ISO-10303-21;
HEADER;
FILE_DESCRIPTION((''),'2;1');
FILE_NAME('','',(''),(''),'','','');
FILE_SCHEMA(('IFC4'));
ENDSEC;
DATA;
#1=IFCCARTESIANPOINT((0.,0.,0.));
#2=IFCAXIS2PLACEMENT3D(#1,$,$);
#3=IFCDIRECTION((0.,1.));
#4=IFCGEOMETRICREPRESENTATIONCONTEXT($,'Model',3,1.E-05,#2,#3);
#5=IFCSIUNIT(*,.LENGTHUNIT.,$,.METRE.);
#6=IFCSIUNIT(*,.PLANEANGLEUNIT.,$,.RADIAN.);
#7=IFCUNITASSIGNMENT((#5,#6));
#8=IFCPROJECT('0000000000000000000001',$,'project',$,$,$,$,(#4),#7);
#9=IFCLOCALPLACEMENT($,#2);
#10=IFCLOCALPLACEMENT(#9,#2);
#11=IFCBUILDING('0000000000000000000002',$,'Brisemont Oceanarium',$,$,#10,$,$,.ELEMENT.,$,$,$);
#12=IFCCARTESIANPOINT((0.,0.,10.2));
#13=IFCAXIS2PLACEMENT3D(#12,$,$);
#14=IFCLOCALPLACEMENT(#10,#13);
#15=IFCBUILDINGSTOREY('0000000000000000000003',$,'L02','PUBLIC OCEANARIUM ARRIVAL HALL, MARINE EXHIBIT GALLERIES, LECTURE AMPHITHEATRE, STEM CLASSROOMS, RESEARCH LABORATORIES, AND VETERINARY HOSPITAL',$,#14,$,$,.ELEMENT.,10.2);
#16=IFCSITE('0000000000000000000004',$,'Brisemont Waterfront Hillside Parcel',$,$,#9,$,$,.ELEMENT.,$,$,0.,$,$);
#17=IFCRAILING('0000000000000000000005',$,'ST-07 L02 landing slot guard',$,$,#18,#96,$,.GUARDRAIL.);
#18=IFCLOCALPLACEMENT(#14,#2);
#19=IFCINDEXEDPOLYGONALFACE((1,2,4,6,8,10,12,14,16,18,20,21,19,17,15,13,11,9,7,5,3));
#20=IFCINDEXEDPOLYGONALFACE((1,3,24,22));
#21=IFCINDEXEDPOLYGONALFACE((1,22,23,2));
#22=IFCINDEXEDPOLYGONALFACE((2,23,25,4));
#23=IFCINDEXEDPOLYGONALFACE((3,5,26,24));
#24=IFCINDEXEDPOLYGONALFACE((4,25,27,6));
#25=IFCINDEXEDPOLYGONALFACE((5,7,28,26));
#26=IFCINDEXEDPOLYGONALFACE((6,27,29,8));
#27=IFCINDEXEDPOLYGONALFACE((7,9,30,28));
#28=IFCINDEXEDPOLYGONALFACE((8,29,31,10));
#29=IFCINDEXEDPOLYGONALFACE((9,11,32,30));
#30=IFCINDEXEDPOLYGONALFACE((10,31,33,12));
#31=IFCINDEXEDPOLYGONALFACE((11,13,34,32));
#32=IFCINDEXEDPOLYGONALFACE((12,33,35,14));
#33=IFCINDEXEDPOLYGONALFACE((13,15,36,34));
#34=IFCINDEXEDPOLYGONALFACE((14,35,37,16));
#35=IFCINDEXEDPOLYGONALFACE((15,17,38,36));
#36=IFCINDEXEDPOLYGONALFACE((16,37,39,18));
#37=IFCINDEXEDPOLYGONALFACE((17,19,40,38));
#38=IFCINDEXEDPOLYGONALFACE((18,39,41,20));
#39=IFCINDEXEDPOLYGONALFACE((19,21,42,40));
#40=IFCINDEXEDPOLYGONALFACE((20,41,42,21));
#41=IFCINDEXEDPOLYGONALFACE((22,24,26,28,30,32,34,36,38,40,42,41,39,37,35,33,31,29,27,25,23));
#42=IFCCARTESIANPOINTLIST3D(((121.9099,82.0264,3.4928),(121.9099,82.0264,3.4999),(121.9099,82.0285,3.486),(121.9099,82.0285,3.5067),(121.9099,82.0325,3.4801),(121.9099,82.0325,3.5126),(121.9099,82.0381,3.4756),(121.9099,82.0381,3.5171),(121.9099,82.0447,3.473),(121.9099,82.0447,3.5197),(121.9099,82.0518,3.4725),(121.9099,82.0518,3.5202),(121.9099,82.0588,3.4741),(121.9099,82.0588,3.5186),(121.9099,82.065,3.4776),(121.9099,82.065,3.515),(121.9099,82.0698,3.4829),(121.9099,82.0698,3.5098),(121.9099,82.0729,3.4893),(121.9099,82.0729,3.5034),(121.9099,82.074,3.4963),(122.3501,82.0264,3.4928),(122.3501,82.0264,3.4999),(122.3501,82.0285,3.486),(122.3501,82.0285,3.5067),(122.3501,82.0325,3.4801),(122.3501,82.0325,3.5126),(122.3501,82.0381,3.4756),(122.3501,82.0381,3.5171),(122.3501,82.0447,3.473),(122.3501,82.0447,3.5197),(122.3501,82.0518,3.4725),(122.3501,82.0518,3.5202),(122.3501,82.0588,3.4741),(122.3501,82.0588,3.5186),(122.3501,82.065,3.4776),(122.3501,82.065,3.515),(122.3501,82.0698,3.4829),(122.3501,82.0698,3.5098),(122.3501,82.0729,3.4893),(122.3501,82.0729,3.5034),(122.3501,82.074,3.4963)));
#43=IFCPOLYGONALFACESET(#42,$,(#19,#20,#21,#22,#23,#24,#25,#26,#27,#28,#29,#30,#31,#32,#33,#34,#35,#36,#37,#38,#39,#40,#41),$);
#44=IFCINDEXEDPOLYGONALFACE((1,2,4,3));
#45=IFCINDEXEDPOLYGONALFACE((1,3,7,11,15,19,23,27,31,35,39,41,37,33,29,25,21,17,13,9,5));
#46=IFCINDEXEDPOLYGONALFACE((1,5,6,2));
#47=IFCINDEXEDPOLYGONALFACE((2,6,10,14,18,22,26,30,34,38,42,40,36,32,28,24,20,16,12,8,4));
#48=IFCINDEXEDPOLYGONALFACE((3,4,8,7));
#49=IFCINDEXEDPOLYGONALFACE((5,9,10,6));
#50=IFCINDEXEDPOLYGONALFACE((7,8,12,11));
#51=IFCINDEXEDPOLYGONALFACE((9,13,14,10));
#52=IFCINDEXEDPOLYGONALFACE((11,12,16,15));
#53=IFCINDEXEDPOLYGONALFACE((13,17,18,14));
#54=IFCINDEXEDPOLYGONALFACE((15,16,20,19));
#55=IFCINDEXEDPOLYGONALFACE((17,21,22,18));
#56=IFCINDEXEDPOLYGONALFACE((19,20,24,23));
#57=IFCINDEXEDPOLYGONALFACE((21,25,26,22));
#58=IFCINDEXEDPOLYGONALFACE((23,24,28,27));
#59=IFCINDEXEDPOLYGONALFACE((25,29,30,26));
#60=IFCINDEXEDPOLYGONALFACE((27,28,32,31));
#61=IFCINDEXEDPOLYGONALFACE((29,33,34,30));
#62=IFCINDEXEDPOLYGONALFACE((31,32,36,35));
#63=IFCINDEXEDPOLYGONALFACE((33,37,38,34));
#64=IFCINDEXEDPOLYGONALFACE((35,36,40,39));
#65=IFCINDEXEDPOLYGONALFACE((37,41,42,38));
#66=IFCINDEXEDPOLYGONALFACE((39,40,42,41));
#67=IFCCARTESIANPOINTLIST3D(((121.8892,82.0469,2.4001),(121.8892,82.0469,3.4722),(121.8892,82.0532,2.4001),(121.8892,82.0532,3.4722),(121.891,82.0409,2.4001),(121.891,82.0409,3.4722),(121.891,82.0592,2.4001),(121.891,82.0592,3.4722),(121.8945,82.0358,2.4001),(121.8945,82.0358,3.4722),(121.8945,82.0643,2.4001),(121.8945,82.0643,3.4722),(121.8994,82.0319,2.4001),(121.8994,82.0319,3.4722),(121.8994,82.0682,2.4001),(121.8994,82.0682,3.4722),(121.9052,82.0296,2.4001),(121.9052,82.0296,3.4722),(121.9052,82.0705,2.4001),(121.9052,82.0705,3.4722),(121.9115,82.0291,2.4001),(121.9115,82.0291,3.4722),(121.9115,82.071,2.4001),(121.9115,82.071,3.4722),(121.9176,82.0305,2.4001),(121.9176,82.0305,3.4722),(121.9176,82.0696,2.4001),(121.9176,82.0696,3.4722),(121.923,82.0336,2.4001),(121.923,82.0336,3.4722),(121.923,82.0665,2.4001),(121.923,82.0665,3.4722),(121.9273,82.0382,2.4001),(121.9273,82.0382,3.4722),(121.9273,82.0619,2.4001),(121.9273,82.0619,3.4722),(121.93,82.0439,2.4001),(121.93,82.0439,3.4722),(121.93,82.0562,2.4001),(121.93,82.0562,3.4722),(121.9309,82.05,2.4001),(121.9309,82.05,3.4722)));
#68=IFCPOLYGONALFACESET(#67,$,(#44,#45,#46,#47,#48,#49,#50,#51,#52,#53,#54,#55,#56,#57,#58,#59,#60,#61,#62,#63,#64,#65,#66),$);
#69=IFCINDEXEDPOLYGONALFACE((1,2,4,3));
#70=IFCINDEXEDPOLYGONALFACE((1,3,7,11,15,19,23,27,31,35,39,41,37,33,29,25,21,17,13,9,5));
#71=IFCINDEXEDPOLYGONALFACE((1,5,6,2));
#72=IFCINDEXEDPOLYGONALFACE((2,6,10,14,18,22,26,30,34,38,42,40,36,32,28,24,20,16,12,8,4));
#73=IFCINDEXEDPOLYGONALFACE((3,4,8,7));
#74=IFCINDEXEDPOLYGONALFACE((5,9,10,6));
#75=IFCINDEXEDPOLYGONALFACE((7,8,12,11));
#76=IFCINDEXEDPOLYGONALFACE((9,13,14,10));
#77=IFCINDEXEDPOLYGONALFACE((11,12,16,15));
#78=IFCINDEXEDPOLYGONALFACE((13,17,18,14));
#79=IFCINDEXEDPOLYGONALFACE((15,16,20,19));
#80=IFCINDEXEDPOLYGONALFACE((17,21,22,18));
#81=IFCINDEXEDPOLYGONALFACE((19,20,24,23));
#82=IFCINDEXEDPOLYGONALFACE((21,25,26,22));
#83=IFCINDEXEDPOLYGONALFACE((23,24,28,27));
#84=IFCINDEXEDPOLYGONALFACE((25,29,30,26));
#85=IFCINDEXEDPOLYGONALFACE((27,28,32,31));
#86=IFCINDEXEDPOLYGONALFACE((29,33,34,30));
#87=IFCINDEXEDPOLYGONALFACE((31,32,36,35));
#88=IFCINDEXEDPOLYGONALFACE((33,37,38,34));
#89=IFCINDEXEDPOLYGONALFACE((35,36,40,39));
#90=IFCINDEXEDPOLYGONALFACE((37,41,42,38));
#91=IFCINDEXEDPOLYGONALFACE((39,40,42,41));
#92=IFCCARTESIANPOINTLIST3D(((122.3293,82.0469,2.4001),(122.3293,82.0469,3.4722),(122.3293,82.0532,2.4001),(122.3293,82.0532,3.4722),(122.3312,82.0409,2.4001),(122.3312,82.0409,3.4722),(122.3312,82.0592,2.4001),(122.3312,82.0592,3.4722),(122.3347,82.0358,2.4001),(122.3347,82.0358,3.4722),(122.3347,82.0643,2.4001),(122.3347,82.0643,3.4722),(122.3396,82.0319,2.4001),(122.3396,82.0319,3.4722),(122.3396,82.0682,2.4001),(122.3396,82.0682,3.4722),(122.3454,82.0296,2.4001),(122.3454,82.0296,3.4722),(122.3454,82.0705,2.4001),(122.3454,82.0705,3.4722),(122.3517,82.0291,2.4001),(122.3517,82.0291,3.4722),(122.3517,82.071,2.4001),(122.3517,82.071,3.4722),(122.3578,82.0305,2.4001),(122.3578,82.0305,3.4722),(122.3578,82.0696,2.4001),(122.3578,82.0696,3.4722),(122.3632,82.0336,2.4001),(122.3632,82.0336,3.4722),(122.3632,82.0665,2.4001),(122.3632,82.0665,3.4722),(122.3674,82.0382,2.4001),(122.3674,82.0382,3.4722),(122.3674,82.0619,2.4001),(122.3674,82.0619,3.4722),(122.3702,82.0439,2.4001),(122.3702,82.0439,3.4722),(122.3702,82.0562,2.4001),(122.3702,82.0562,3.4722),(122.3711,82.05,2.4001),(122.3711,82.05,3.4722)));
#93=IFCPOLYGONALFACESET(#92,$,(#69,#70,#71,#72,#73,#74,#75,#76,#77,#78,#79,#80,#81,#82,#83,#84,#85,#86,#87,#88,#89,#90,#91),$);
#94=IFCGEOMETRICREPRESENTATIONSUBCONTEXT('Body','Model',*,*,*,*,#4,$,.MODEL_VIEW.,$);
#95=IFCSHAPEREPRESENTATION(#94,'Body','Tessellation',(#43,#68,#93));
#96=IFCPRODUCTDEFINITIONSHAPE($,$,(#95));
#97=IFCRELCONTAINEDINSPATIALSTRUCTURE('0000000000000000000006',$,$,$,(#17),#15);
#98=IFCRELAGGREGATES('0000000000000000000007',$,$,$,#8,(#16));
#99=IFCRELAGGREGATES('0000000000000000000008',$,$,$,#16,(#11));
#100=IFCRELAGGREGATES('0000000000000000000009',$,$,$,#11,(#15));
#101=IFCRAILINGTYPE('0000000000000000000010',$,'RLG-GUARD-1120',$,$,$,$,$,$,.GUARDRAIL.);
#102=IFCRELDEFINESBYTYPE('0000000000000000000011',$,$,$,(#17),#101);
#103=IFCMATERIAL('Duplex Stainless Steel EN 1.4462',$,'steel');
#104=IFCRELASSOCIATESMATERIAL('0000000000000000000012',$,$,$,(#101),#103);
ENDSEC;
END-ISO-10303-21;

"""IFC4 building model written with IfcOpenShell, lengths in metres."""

from ifc_helpers import new_model, si_unit, direction, frame, origin, origin_2d, place, context, subcontext, project, spatial, circle, extrude, material, type_object, element, save


model = new_model("IFC4")

# Units and contexts
model_context = context("Model", 3, precision=1e-05, world=origin(), true_north=direction((0.0, 1.0)))
body_context = subcontext(model_context, "Body", "Model", "MODEL_VIEW")
ifc_project = project(units=[si_unit("LENGTHUNIT", "METRE"), si_unit("PLANEANGLEUNIT", "RADIAN")], contexts=[model_context])

# Site, building, storey
site_placement = place(None, origin())
site = spatial("IfcSite", under=ifc_project, at=site_placement, Name="Brisemont Waterfront Hillside Parcel", CompositionType="ELEMENT", RefElevation=0.0)
building_placement = place(site_placement, origin())
building = spatial("IfcBuilding", under=site, at=building_placement, Name="Brisemont Oceanarium", CompositionType="ELEMENT")
storey_placement = place(building_placement, frame((0.0, 0.0, 10.2)))
storey = spatial("IfcBuildingStorey", under=building, at=storey_placement, Name="L02", Description="PUBLIC OCEANARIUM ARRIVAL HALL, MARINE EXHIBIT GALLERIES, LECTURE AMPHITHEATRE, STEM CLASSROOMS, RESEARCH LABORATORIES, AND VETERINARY HOSPITAL", CompositionType="ELEMENT", Elevation=10.2)

# Railing
ifc_material_1 = material(Name="Duplex Stainless Steel EN 1.4462", Category="steel")
railing_type_1 = type_object("IfcRailingType", Name="RLG-GUARD-1120", PredefinedType="GUARDRAIL", material=ifc_material_1)
railing_1_placement = place(storey_placement, frame((121.9099, 82.05, 2.4001)))
element("IfcRailing", 1, at=railing_1_placement, inside=storey, type_object=railing_type_1, Name="ST-07 L02 landing slot guard", PredefinedType="GUARDRAIL", context=body_context, shape_type="SweptSolid", body=[
    extrude(circle(Radius=0.0239, at=origin_2d()), frame((0.0, 0.0, 1.0962), z_axis=(1.0, 0.0, 0.0), x_axis=(0.0, 1.0, 0.0)), (0.0, 0.0, 1.0), 0.4402),
    extrude(circle(Radius=0.021, at=origin_2d()), origin(), (0.0, 0.0, 1.0), 1.072),
    extrude(circle(Radius=0.021, at=origin_2d()), frame((0.4402, 0.0, 0.0)), (0.0, 0.0, 1.0), 1.072),
])

save(model, "model.ifc")
